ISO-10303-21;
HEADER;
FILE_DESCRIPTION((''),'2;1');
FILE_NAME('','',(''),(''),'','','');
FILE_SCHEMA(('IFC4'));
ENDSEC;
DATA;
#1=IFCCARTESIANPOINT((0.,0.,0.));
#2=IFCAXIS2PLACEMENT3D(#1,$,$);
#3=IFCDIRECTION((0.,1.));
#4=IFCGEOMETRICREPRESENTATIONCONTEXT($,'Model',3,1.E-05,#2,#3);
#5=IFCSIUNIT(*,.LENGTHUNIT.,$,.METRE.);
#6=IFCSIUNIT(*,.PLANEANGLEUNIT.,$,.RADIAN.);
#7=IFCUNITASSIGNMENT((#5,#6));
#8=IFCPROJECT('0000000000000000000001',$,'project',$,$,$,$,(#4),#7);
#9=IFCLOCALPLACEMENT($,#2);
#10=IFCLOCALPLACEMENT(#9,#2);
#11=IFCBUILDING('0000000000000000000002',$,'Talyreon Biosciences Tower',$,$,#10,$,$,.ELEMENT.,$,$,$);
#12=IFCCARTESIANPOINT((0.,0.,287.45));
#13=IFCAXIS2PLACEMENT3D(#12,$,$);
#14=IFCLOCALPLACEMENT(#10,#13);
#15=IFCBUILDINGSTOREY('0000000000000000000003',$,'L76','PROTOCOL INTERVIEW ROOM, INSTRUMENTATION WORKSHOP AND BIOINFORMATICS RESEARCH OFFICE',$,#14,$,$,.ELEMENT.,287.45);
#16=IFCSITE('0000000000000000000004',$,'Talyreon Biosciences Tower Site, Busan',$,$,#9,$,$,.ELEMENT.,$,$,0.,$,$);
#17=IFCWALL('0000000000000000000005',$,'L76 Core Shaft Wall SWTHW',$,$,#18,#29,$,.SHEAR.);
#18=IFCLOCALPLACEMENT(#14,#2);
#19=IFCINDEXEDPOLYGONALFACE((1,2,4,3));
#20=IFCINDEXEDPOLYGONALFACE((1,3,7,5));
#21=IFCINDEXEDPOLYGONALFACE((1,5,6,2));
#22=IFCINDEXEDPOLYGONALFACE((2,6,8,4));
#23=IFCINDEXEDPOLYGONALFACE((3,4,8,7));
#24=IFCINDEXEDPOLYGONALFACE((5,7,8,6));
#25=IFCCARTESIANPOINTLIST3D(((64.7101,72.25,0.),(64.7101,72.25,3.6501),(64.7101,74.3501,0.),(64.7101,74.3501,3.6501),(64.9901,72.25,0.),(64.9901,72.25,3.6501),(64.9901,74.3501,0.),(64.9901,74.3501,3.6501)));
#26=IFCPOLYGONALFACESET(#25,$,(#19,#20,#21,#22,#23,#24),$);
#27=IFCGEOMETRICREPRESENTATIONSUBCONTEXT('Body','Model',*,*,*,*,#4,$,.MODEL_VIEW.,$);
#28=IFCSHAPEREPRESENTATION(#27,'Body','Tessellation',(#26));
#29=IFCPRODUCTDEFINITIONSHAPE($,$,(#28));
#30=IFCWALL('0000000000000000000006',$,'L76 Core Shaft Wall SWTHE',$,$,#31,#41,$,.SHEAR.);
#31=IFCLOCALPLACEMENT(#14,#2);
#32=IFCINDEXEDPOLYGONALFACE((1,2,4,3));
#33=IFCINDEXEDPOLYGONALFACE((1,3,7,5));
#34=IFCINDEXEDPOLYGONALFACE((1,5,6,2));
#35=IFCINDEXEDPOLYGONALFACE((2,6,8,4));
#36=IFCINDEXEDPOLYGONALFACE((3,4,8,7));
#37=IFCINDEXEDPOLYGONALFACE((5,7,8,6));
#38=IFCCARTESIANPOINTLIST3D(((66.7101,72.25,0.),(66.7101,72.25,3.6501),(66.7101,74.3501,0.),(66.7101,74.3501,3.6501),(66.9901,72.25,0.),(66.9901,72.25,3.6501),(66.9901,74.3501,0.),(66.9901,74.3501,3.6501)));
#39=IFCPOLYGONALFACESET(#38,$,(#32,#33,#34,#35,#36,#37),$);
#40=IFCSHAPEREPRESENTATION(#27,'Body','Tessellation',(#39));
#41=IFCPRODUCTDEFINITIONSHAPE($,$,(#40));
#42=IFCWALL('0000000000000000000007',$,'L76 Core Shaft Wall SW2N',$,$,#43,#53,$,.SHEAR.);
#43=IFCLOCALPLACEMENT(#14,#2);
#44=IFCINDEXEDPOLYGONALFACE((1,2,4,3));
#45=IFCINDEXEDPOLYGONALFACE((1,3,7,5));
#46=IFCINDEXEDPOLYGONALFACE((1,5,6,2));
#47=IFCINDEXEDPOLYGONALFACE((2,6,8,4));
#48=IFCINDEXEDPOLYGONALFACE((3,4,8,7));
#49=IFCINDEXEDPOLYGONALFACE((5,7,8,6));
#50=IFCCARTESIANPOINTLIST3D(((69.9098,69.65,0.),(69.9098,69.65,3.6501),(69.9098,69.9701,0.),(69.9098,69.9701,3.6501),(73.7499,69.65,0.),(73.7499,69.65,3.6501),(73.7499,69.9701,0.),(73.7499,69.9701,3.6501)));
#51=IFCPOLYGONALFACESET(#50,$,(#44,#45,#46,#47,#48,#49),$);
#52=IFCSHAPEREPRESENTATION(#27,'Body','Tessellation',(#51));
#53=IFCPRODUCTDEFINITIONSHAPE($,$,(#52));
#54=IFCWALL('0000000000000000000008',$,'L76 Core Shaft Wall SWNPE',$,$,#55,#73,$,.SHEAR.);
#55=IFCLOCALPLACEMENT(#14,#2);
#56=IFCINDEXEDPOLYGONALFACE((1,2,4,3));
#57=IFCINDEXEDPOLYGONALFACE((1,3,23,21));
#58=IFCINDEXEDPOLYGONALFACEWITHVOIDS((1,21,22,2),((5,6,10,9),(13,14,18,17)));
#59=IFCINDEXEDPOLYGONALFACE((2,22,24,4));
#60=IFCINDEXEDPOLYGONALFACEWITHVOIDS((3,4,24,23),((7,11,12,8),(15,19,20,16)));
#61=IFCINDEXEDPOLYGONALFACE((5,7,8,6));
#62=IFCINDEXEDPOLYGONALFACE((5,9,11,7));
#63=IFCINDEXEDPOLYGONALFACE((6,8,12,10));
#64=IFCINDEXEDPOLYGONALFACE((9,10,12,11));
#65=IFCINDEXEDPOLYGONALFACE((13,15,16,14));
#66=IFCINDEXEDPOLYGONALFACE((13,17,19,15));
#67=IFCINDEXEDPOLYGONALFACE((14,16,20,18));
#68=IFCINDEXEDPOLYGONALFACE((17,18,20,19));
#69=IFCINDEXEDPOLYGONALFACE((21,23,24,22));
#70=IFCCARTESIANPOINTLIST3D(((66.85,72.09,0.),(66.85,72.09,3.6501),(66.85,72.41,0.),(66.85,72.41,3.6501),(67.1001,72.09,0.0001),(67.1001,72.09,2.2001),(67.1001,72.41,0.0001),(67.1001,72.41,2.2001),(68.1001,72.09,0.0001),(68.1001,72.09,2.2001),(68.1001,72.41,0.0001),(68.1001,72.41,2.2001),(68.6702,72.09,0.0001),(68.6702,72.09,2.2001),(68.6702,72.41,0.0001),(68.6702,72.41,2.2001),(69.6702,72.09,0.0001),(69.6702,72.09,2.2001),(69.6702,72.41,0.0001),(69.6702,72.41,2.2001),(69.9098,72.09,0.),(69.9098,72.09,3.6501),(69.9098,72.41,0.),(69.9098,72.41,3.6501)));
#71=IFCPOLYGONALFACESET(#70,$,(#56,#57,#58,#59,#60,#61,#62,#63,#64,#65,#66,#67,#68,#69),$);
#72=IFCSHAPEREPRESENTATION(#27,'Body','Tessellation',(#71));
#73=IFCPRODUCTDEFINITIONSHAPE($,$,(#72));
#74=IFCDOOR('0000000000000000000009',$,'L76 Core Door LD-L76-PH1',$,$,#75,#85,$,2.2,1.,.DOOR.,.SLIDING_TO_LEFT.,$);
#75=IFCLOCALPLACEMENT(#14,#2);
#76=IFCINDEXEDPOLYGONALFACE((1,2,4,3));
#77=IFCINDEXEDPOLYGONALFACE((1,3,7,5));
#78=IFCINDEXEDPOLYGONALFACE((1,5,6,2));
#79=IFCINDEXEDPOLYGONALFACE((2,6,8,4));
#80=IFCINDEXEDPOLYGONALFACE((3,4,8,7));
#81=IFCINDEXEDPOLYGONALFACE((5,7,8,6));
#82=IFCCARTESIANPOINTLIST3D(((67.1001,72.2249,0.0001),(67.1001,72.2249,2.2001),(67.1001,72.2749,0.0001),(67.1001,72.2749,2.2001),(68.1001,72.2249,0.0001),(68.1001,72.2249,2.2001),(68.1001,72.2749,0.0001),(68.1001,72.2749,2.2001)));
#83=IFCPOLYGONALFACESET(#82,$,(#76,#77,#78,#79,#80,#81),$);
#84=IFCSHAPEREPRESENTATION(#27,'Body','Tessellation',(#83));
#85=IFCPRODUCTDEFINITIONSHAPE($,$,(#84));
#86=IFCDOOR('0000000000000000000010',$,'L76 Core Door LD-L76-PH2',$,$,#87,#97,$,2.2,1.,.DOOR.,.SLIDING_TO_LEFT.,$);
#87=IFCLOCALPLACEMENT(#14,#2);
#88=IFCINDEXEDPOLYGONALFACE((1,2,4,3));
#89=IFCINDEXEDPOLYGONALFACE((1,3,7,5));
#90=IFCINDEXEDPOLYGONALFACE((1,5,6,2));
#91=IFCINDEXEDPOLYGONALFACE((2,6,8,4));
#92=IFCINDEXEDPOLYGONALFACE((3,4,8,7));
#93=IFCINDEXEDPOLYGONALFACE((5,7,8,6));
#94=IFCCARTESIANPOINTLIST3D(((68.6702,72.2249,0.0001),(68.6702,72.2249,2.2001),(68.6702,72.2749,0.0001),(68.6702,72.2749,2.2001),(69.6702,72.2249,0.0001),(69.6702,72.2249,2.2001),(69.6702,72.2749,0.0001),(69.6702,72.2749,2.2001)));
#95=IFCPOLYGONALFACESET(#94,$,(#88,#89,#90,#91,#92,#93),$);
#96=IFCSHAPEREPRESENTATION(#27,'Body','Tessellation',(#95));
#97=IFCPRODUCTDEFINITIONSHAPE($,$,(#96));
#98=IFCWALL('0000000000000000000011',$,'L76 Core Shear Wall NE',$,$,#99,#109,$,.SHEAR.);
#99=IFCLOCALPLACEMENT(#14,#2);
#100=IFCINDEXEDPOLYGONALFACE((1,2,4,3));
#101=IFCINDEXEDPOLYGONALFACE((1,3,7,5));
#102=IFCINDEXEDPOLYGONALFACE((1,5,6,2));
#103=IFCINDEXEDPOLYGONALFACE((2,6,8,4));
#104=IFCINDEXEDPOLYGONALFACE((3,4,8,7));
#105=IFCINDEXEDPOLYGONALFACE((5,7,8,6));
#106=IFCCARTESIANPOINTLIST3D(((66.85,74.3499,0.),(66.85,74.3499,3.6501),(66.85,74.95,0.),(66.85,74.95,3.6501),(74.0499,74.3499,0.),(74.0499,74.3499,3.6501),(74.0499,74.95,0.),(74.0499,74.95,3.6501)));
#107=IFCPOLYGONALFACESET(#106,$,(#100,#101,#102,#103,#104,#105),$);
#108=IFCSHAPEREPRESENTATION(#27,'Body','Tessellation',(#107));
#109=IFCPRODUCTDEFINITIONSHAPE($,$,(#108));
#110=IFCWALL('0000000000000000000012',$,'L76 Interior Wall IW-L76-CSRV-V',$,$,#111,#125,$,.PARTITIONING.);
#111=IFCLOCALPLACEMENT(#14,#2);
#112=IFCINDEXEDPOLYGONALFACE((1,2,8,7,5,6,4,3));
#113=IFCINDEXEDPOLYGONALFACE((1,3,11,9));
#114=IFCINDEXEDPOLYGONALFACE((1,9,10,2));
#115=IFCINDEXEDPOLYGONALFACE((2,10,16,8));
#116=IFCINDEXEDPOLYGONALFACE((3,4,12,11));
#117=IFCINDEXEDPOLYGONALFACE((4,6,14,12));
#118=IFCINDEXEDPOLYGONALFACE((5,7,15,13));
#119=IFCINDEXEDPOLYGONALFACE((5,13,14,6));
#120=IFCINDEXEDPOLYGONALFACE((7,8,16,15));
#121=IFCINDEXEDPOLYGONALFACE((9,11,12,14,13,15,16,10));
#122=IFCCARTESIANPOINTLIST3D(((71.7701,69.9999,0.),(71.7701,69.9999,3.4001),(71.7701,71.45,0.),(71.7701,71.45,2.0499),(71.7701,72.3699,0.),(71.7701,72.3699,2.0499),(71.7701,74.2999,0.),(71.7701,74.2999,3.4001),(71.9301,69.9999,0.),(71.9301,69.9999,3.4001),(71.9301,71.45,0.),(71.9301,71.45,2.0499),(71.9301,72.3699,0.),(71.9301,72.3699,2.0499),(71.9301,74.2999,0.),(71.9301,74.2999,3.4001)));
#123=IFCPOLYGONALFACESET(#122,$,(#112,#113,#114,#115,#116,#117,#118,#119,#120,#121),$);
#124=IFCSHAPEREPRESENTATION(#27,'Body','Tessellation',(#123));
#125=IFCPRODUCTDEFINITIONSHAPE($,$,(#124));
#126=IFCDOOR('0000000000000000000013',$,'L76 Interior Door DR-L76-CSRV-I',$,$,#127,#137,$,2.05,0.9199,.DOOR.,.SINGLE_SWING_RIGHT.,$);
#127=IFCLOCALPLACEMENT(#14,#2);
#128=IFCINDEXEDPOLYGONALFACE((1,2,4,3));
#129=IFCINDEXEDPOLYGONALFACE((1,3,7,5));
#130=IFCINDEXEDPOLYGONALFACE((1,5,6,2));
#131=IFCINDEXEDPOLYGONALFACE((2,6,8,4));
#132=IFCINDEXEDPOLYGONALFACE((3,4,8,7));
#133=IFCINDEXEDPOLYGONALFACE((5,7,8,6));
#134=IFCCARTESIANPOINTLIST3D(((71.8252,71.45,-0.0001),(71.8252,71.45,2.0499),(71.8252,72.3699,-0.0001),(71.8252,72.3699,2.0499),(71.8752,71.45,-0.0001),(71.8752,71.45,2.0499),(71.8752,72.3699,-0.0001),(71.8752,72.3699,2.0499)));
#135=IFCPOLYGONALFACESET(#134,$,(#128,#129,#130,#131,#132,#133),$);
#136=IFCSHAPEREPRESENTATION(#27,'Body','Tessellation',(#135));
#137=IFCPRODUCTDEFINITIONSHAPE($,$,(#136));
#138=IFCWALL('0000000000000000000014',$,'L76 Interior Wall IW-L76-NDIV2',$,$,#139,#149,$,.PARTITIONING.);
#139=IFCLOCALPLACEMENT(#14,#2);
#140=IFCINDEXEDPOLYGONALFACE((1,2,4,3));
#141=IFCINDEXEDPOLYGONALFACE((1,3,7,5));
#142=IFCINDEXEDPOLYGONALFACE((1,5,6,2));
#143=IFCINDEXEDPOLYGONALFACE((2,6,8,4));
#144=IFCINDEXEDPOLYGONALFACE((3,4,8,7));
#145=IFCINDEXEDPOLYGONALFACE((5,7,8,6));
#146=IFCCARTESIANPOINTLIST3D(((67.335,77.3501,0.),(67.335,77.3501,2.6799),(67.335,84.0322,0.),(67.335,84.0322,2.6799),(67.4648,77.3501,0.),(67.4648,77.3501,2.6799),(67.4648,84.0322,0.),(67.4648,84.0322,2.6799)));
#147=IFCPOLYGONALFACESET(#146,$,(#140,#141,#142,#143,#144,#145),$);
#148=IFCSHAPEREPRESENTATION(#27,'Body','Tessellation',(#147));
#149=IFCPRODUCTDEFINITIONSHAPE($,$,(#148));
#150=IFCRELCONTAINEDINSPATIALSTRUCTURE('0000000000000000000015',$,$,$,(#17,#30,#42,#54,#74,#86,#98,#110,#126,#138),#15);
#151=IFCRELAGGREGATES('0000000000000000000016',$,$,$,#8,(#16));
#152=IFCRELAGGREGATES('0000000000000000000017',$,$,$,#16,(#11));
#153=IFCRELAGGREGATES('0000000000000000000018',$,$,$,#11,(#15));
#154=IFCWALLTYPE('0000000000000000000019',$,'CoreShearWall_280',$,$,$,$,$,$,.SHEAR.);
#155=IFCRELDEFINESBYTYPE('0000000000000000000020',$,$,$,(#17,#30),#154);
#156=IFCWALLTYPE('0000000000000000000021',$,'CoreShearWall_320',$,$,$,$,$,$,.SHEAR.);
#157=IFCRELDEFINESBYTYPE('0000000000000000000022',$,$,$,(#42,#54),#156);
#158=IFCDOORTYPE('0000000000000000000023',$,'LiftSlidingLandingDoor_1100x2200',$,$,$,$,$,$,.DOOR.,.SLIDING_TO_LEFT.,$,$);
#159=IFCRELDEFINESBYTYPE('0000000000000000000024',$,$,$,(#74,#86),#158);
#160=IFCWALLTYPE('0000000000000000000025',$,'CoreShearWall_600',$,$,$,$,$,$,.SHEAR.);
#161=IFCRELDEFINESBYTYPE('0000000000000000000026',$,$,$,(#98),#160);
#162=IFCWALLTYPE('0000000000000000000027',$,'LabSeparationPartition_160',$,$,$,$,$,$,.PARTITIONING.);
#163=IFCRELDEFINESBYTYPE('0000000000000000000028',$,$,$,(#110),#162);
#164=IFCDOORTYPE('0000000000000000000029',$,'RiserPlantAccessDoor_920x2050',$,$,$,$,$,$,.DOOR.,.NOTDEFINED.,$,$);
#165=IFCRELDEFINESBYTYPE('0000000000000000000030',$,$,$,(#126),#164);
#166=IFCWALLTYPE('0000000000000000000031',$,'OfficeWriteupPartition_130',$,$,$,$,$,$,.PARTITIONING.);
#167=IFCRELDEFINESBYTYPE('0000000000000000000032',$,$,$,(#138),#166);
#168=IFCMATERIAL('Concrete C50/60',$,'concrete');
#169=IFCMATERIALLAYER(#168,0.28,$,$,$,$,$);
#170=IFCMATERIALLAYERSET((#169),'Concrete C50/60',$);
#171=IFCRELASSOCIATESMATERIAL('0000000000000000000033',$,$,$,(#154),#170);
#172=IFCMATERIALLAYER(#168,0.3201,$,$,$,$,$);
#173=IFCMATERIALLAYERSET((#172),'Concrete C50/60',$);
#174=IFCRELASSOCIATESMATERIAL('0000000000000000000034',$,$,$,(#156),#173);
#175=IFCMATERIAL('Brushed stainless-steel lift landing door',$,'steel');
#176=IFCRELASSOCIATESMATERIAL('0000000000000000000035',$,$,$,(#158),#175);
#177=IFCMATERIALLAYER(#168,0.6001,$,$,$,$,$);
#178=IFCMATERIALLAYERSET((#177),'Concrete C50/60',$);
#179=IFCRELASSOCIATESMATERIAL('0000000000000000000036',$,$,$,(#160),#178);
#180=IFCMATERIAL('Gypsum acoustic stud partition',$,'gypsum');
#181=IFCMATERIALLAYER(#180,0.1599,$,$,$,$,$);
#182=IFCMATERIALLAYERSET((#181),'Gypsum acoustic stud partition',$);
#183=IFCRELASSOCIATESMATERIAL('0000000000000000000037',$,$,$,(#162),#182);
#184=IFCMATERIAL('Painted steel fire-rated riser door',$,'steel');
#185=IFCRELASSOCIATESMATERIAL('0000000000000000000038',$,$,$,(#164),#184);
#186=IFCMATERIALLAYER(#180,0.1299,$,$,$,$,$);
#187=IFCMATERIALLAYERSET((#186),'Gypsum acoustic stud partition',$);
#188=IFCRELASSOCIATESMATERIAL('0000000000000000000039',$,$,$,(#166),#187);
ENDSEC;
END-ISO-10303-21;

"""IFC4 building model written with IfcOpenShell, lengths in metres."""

from ifc_helpers import new_model, si_unit, direction, frame, frame_2d, origin, place, context, subcontext, project, spatial, rectangle, extrude, material, layer, layer_set, type_object, element, fill, save


model = new_model("IFC4")

# Units and contexts
model_context = context("Model", 3, precision=1e-05, world=origin(), true_north=direction((0.0, 1.0)))
body_context = subcontext(model_context, "Body", "Model", "MODEL_VIEW")
ifc_project = project(units=[si_unit("LENGTHUNIT", "METRE"), si_unit("PLANEANGLEUNIT", "RADIAN")], contexts=[model_context])

# Site, building, storey
site_placement = place(None, origin())
site = spatial("IfcSite", under=ifc_project, at=site_placement, Name="Talyreon Biosciences Tower Site, Busan", CompositionType="ELEMENT", RefElevation=0.0)
building_placement = place(site_placement, origin())
building = spatial("IfcBuilding", under=site, at=building_placement, Name="Talyreon Biosciences Tower", CompositionType="ELEMENT")
storey_placement = place(building_placement, frame((0.0, 0.0, 287.45)))
storey = spatial("IfcBuildingStorey", under=building, at=storey_placement, Name="L76", Description="PROTOCOL INTERVIEW ROOM, INSTRUMENTATION WORKSHOP AND BIOINFORMATICS RESEARCH OFFICE", CompositionType="ELEMENT", Elevation=287.45)

# Shared definitions
ifc_material_1 = material(Name="Concrete C50/60", Category="concrete")

# Walls
ifc_layer_1 = layer(ifc_material_1, 0.28)
ifc_layer_set_1 = layer_set([ifc_layer_1], Name="Concrete C50/60")
wall_type_1 = type_object("IfcWallType", Name="CoreShearWall_280", PredefinedType="SHEAR", material=ifc_layer_set_1)
for number, where, z_axis, x_axis, name in (
    (1, (64.8501, 72.25, 0.0), (0.0, 0.0, 1.0), (0.0, 1.0, 0.0), "L76 Core Shaft Wall SWTHW"),
    (2, (66.8501, 72.25, 0.0), (0.0, 0.0, 1.0), (0.0, 1.0, 0.0), "L76 Core Shaft Wall SWTHE"),
):
    element("IfcWall", number, at=place(storey_placement, frame(where, z_axis=z_axis, x_axis=x_axis)), inside=storey, type_object=wall_type_1, Name=name, PredefinedType="SHEAR", context=body_context, shape_type="SweptSolid", body=[
        extrude(rectangle(XDim=2.1001, YDim=0.28, at=frame_2d((1.05, 0.0))), origin(), (0.0, 0.0, 1.0), 3.6501),
    ])
ifc_layer_2 = layer(ifc_material_1, 0.3201)
ifc_layer_set_2 = layer_set([ifc_layer_2], Name="Concrete C50/60")
wall_type_2 = type_object("IfcWallType", Name="CoreShearWall_320", PredefinedType="SHEAR", material=ifc_layer_set_2)
wall_1_placement = place(storey_placement, frame((69.9099, 69.8101, 0.0), z_axis=(0.0, 0.0, 1.0), x_axis=(1.0, 0.0, 0.0)))
element("IfcWall", 3, at=wall_1_placement, inside=storey, type_object=wall_type_2, Name="L76 Core Shaft Wall SW2N", PredefinedType="SHEAR", context=body_context, shape_type="SweptSolid", body=[
    extrude(rectangle(XDim=3.8401, YDim=0.3201, at=frame_2d((1.9199, 0.0))), origin(), (0.0, 0.0, 1.0), 3.6501),
])

# Wall, openings, doors
wall_2_placement = place(storey_placement, frame((66.8501, 72.25, 0.0), z_axis=(0.0, 0.0, 1.0), x_axis=(1.0, 0.0, 0.0)))
wall_2 = element("IfcWall", 4, at=wall_2_placement, inside=storey, type_object=wall_type_2, Name="L76 Core Shaft Wall SWNPE", PredefinedType="SHEAR", context=body_context, shape_type="SweptSolid", body=[
    extrude(rectangle(XDim=3.0598, YDim=0.3201, at=frame_2d((1.5298, 0.0))), origin(), (0.0, 0.0, 1.0), 3.6501),
])
opening_1_placement = place(wall_2_placement, frame((0.25, 0.0, 0.0)))
opening_1 = element("IfcOpeningElement", 5, at=opening_1_placement, cuts=wall_2, PredefinedType="OPENING", context=body_context, shape_type="SweptSolid", body=[
    extrude(rectangle(XDim=1.0, YDim=2.2, at=frame_2d((0.5, 1.1001))), frame((0.0, 0.1699, 0.0), z_axis=(0.0, -1.0, 0.0), x_axis=(1.0, 0.0, 0.0)), (0.0, 0.0, 1.0), 0.3401),
])
opening_2_placement = place(wall_2_placement, frame((1.8201, 0.0, 0.0)))
opening_2 = element("IfcOpeningElement", 6, at=opening_2_placement, cuts=wall_2, PredefinedType="OPENING", context=body_context, shape_type="SweptSolid", body=[
    extrude(rectangle(XDim=1.0, YDim=2.2, at=frame_2d((0.5, 1.1001))), frame((0.0, 0.1699, 0.0), z_axis=(0.0, -1.0, 0.0), x_axis=(1.0, 0.0, 0.0)), (0.0, 0.0, 1.0), 0.3401),
])
ifc_material_2 = material(Name="Brushed stainless-steel lift landing door", Category="steel")
door_type_1 = type_object("IfcDoorType", Name="LiftSlidingLandingDoor_1100x2200", OperationType="SLIDING_TO_LEFT", PredefinedType="DOOR", material=ifc_material_2)
door_1_placement = place(opening_1_placement, origin())
door_1 = element("IfcDoor", 7, at=door_1_placement, inside=storey, type_object=door_type_1, Name="L76 Core Door LD-L76-PH1", OperationType="SLIDING_TO_LEFT", OverallHeight=2.2, OverallWidth=1.0, PredefinedType="DOOR", context=body_context, shape_type="SweptSolid", body=[
    extrude(rectangle(XDim=1.0, YDim=2.2, at=frame_2d((0.5, 1.1001))), frame((0.0, 0.0249, 0.0), z_axis=(0.0, -1.0, 0.0), x_axis=(1.0, 0.0, 0.0)), (0.0, 0.0, 1.0), 0.05),
])
fill(opening_1, door_1)
door_2_placement = place(opening_2_placement, origin())
door_2 = element("IfcDoor", 8, at=door_2_placement, inside=storey, type_object=door_type_1, Name="L76 Core Door LD-L76-PH2", OperationType="SLIDING_TO_LEFT", OverallHeight=2.2, OverallWidth=1.0, PredefinedType="DOOR", context=body_context, shape_type="SweptSolid", body=[
    extrude(rectangle(XDim=1.0, YDim=2.2, at=frame_2d((0.5, 1.1001))), frame((0.0, 0.0249, 0.0), z_axis=(0.0, -1.0, 0.0), x_axis=(1.0, 0.0, 0.0)), (0.0, 0.0, 1.0), 0.05),
])
fill(opening_2, door_2)

# Wall
ifc_layer_3 = layer(ifc_material_1, 0.6001)
ifc_layer_set_3 = layer_set([ifc_layer_3], Name="Concrete C50/60")
wall_type_3 = type_object("IfcWallType", Name="CoreShearWall_600", PredefinedType="SHEAR", material=ifc_layer_set_3)
wall_3_placement = place(storey_placement, frame((74.05, 74.6499, 0.0), z_axis=(0.0, 0.0, 1.0), x_axis=(-1.0, 0.0, 0.0)))
element("IfcWall", 9, at=wall_3_placement, inside=storey, type_object=wall_type_3, Name="L76 Core Shear Wall NE", PredefinedType="SHEAR", context=body_context, shape_type="SweptSolid", body=[
    extrude(rectangle(XDim=7.2, YDim=0.6001, at=frame_2d((3.6001, 0.0))), origin(), (0.0, 0.0, 1.0), 3.6501),
])

# Wall, opening, door
ifc_material_3 = material(Name="Gypsum acoustic stud partition", Category="gypsum")
ifc_layer_4 = layer(ifc_material_3, 0.1599)
ifc_layer_set_4 = layer_set([ifc_layer_4], Name="Gypsum acoustic stud partition")
wall_type_4 = type_object("IfcWallType", Name="LabSeparationPartition_160", PredefinedType="PARTITIONING", material=ifc_layer_set_4)
wall_4_placement = place(storey_placement, frame((71.8501, 70.0, 0.0), z_axis=(0.0, 0.0, 1.0), x_axis=(0.0, 1.0, 0.0)))
wall_4 = element("IfcWall", 10, at=wall_4_placement, inside=storey, type_object=wall_type_4, Name="L76 Interior Wall IW-L76-CSRV-V", PredefinedType="PARTITIONING", context=body_context, shape_type="SweptSolid", body=[
    extrude(rectangle(XDim=4.3, YDim=0.1599, at=frame_2d((2.1499, 0.0))), origin(), (0.0, 0.0, 1.0), 3.4001),
])
opening_3_placement = place(wall_4_placement, frame((1.45, 0.0, 0.0)))
opening_3 = element("IfcOpeningElement", 11, at=opening_3_placement, cuts=wall_4, PredefinedType="OPENING", context=body_context, shape_type="SweptSolid", body=[
    extrude(rectangle(XDim=0.9199, YDim=2.05, at=frame_2d((0.46, 1.0249))), frame((0.0, 0.0898, 0.0), z_axis=(0.0, -1.0, 0.0), x_axis=(1.0, 0.0, 0.0)), (0.0, 0.0, 1.0), 0.1799),
])
ifc_material_4 = material(Name="Painted steel fire-rated riser door", Category="steel")
door_type_2 = type_object("IfcDoorType", Name="RiserPlantAccessDoor_920x2050", OperationType="NOTDEFINED", PredefinedType="DOOR", material=ifc_material_4)
door_3_placement = place(opening_3_placement, origin())
door_3 = element("IfcDoor", 12, at=door_3_placement, inside=storey, type_object=door_type_2, Name="L76 Interior Door DR-L76-CSRV-I", OperationType="SINGLE_SWING_RIGHT", OverallHeight=2.05, OverallWidth=0.9199, PredefinedType="DOOR", context=body_context, shape_type="SweptSolid", body=[
    extrude(rectangle(XDim=0.9199, YDim=2.05, at=frame_2d((0.46, 1.0249))), frame((0.0, 0.0249, 0.0), z_axis=(0.0, -1.0, 0.0), x_axis=(1.0, 0.0, 0.0)), (0.0, 0.0, 1.0), 0.05),
])
fill(opening_3, door_3)

# Wall
ifc_layer_5 = layer(ifc_material_3, 0.1299)
ifc_layer_set_5 = layer_set([ifc_layer_5], Name="Gypsum acoustic stud partition")
wall_type_5 = type_object("IfcWallType", Name="OfficeWriteupPartition_130", PredefinedType="PARTITIONING", material=ifc_layer_set_5)
wall_5_placement = place(storey_placement, frame((67.3999, 77.3501, 0.0), z_axis=(0.0, 0.0, 1.0), x_axis=(0.0, 1.0, 0.0)))
element("IfcWall", 13, at=wall_5_placement, inside=storey, type_object=wall_type_5, Name="L76 Interior Wall IW-L76-NDIV2", PredefinedType="PARTITIONING", context=body_context, shape_type="SweptSolid", body=[
    extrude(rectangle(XDim=6.6821, YDim=0.1299, at=frame_2d((3.3411, 0.0))), origin(), (0.0, 0.0, 1.0), 2.6799),
])

save(model, "model.ifc")
